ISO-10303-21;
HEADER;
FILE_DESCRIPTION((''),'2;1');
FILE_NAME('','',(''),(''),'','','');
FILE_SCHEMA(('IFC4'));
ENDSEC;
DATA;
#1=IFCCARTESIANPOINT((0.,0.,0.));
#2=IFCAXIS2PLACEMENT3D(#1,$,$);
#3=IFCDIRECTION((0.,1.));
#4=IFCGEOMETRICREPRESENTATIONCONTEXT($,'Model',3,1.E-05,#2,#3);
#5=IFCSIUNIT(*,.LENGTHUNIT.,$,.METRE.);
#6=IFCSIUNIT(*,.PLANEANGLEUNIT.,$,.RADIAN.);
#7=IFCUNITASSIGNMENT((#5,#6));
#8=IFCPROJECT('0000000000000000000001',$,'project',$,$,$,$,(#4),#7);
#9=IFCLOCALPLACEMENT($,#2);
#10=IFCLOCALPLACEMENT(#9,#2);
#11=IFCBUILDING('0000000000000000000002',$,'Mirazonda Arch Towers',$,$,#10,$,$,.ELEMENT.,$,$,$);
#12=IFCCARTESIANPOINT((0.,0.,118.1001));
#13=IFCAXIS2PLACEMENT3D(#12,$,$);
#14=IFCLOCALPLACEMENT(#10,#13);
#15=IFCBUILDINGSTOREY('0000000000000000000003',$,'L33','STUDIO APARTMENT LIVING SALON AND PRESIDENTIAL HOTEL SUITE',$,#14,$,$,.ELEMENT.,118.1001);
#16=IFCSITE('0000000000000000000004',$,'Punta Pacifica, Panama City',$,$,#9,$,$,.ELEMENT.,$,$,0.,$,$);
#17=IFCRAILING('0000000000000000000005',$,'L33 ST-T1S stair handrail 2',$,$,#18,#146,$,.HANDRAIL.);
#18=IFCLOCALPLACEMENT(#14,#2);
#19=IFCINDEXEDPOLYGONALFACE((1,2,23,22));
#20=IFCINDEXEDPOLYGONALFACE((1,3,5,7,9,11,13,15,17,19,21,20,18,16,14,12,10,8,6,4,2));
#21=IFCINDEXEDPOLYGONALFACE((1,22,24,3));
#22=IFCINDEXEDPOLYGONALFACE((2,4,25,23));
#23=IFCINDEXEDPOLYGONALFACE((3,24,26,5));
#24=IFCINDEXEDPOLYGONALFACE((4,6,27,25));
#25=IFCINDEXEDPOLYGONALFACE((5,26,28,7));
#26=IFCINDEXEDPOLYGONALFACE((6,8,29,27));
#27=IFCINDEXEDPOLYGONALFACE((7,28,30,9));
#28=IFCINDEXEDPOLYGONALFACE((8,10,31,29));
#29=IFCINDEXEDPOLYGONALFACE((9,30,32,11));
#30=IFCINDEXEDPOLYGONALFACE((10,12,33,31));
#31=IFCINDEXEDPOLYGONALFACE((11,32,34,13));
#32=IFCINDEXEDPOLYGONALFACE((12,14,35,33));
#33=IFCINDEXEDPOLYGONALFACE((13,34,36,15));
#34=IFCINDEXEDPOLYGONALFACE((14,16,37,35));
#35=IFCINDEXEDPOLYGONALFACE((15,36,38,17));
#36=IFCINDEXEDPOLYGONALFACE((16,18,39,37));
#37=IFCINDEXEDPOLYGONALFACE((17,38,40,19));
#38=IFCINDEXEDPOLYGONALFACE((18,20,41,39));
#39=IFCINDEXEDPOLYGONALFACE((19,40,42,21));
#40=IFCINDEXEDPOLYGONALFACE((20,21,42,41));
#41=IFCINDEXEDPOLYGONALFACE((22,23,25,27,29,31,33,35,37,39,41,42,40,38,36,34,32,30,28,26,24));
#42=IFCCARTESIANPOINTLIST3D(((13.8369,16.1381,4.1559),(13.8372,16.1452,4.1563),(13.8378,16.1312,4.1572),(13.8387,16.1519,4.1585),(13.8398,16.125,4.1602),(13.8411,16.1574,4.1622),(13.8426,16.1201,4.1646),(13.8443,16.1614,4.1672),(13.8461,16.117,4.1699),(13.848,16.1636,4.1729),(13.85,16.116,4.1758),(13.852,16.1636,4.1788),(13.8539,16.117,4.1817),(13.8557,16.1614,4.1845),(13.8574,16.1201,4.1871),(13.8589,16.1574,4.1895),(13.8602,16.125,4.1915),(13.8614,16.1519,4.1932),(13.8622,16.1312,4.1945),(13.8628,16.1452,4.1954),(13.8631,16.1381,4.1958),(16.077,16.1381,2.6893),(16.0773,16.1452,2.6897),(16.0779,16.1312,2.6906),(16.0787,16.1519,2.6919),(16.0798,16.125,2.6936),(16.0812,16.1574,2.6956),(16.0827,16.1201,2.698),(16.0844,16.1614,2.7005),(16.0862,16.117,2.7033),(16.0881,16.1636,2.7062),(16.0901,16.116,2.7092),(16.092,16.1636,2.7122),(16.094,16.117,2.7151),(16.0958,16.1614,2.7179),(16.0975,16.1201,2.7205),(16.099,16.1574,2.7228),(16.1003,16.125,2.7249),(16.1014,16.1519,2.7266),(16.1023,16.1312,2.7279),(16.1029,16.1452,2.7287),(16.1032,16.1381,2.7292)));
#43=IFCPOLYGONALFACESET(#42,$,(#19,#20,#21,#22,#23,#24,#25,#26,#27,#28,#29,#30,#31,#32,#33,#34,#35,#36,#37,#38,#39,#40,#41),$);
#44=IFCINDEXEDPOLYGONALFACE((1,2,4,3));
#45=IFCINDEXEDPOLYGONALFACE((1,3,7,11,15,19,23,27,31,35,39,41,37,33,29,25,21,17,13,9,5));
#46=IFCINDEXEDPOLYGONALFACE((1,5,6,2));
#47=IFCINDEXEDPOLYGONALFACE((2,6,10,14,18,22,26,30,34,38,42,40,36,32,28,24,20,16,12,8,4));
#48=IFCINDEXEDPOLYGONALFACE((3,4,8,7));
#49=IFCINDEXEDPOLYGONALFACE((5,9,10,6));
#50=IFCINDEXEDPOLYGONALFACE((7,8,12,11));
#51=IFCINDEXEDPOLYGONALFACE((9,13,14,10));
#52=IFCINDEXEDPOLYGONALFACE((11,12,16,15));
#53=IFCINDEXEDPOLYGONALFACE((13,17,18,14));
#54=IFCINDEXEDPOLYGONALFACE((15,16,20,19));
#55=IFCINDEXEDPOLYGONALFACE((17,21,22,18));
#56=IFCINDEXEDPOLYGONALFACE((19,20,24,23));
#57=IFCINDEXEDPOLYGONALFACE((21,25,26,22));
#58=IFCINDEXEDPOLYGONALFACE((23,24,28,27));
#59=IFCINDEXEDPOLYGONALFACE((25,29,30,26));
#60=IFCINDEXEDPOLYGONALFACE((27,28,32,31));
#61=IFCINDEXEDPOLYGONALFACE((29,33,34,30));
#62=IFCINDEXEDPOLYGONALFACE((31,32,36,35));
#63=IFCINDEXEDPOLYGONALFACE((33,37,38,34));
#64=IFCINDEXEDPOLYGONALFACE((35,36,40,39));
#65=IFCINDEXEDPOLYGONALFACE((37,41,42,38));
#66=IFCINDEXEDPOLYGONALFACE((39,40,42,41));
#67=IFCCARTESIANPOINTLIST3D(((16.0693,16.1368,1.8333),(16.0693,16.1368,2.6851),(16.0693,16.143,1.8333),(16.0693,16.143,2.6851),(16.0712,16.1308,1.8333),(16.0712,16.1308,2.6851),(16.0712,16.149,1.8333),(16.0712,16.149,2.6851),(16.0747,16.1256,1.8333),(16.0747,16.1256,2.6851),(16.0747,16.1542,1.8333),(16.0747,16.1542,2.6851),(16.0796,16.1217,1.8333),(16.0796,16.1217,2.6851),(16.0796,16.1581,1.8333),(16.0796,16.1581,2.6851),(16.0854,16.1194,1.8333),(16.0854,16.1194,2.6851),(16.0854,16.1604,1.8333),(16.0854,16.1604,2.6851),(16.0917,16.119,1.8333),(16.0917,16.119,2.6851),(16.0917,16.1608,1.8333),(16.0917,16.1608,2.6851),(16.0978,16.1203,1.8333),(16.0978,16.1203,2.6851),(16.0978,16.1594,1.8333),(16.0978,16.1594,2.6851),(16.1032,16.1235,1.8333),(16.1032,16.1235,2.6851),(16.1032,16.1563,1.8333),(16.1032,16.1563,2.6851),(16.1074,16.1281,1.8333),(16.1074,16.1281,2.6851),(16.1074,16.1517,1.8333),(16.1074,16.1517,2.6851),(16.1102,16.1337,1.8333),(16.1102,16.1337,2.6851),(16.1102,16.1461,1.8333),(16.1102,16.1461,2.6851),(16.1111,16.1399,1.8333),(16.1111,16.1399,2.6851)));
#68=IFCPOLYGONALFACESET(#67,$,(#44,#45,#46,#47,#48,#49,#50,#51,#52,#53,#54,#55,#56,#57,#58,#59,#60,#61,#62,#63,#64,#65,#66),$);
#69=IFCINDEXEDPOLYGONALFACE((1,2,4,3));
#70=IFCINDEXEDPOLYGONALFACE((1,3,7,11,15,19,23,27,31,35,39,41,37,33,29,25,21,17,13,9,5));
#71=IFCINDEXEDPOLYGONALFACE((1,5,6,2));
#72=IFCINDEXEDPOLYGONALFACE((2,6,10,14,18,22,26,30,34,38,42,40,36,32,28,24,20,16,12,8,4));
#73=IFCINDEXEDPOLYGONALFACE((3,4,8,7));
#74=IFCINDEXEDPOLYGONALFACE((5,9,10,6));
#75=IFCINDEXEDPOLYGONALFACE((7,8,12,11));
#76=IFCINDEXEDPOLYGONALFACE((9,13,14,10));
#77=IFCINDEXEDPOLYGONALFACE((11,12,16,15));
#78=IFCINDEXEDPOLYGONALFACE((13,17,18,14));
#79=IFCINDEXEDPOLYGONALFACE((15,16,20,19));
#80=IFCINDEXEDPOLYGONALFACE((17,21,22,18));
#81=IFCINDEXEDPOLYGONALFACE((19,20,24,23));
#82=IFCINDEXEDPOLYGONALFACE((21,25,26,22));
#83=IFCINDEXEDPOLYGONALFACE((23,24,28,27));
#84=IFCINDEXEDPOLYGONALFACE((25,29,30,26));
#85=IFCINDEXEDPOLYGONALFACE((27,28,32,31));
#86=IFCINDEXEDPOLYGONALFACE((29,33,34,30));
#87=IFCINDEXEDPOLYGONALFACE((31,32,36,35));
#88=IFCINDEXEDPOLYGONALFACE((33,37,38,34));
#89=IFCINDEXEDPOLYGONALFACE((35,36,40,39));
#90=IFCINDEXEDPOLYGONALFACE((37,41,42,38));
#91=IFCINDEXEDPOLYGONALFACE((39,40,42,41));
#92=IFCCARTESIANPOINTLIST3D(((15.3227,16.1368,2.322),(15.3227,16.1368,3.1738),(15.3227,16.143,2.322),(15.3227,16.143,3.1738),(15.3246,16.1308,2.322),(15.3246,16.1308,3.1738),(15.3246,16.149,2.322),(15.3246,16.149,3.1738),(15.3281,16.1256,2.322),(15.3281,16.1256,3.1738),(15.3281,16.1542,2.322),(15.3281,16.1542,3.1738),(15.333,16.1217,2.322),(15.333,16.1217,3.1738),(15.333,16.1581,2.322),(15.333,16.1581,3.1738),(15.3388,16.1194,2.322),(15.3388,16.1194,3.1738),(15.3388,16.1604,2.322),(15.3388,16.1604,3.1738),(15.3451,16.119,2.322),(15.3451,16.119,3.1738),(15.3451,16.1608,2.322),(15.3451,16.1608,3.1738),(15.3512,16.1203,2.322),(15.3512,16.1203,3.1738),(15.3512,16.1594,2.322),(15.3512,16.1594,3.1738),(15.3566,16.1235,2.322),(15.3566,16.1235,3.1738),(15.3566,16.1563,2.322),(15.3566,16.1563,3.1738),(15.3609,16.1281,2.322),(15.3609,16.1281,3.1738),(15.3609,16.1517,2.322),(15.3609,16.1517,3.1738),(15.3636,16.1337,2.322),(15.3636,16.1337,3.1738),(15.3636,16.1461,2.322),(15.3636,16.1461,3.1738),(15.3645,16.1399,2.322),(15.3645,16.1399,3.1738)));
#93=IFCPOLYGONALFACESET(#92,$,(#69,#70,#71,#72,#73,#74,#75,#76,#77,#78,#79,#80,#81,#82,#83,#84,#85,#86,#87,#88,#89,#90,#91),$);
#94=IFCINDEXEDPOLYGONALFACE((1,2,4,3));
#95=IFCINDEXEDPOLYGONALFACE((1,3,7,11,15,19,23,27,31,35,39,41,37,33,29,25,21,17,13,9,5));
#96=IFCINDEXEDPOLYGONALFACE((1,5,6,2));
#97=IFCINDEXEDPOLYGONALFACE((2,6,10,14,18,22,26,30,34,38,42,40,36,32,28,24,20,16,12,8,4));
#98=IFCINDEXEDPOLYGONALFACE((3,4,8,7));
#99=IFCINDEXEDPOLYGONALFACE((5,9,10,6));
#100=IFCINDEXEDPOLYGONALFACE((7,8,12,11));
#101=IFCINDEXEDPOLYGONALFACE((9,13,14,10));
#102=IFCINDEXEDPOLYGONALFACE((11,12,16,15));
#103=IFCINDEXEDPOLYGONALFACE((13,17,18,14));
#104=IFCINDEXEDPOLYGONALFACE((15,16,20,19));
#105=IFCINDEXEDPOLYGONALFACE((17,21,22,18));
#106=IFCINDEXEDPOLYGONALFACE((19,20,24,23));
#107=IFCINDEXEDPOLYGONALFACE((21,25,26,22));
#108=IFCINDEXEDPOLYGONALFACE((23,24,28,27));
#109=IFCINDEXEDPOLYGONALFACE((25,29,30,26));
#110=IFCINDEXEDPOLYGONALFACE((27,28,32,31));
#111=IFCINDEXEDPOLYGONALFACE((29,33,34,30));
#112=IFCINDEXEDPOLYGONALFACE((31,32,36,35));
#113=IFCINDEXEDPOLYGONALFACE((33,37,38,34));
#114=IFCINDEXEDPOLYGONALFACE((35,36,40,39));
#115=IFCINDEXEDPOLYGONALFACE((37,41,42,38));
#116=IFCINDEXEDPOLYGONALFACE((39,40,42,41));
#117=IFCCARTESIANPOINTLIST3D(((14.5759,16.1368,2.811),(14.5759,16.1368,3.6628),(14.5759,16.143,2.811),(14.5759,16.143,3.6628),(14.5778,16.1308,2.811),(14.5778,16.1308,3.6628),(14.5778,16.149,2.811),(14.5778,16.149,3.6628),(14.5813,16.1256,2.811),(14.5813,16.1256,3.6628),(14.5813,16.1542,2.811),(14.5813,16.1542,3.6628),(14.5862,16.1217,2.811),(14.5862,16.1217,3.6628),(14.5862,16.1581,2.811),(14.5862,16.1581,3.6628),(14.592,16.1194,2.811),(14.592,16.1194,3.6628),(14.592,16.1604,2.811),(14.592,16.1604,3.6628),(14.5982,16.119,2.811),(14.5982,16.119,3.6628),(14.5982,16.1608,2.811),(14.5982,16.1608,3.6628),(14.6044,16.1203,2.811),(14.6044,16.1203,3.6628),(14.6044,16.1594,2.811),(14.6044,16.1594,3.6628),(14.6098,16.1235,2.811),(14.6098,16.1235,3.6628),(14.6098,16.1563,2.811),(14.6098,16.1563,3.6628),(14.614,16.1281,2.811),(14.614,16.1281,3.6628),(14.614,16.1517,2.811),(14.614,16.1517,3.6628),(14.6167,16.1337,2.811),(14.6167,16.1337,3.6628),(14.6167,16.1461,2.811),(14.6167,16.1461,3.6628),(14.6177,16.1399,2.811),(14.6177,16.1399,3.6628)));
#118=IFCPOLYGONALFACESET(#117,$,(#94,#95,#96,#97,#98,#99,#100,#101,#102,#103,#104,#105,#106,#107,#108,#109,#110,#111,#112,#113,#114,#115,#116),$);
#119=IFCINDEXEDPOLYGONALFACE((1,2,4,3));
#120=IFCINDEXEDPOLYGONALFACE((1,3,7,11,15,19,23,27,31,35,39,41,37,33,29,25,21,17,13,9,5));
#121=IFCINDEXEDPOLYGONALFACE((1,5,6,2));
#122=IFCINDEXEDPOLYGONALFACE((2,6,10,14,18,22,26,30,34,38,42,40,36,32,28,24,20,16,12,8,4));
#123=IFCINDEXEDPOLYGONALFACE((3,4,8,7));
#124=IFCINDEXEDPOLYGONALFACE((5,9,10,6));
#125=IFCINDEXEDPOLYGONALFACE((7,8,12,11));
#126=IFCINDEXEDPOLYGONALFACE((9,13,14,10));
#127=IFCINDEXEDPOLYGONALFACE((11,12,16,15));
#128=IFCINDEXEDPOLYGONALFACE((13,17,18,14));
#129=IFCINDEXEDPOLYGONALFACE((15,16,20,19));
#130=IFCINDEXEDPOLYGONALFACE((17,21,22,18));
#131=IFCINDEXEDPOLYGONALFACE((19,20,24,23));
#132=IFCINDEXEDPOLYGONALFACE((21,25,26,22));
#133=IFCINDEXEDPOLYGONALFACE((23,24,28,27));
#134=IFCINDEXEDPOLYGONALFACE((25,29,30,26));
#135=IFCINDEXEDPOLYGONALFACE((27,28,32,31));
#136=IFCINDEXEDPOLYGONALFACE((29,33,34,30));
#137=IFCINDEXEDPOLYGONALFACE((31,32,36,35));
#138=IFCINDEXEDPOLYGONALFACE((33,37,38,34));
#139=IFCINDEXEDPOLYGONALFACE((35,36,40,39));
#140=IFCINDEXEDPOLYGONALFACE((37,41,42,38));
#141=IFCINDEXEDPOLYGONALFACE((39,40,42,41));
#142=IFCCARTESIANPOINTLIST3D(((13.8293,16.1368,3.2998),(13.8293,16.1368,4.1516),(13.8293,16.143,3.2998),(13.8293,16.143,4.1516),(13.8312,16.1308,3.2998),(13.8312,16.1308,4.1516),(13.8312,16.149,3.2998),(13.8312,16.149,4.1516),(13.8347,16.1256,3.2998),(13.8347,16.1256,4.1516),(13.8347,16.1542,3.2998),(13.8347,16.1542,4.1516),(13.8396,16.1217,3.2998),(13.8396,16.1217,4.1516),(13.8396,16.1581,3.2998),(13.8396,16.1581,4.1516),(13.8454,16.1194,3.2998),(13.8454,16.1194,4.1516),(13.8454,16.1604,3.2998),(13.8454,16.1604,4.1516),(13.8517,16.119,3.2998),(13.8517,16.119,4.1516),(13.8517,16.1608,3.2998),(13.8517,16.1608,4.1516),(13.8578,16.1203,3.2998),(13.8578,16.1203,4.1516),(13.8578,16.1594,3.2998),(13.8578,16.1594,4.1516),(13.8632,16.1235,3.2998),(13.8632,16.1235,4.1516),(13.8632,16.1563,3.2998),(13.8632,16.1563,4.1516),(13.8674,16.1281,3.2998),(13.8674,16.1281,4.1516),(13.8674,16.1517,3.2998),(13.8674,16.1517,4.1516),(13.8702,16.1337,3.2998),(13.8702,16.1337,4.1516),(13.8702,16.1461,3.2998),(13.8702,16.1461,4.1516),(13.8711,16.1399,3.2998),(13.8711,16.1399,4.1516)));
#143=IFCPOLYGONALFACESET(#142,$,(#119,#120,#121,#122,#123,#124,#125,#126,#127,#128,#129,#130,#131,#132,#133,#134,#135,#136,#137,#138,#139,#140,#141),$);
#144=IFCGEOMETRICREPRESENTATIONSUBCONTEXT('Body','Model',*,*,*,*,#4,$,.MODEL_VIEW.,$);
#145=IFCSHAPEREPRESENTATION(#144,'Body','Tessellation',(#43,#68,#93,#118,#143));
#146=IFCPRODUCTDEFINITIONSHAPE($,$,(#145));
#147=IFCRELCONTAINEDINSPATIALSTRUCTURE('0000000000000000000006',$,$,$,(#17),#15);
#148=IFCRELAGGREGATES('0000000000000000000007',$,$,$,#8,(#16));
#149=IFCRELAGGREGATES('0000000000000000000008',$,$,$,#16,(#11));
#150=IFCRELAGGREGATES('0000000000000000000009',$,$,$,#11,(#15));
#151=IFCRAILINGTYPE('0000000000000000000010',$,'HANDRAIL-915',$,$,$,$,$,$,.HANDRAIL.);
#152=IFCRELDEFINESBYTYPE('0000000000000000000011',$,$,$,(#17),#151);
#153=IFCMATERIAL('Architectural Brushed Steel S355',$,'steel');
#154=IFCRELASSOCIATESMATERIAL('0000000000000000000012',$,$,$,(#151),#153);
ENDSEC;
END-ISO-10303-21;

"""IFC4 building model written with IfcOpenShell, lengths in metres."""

from ifc_helpers import new_model, si_unit, direction, frame, origin, origin_2d, place, context, subcontext, project, spatial, circle, extrude, material, type_object, element, save


model = new_model("IFC4")

# Units and contexts
model_context = context("Model", 3, precision=1e-05, world=origin(), true_north=direction((0.0, 1.0)))
body_context = subcontext(model_context, "Body", "Model", "MODEL_VIEW")
ifc_project = project(units=[si_unit("LENGTHUNIT", "METRE"), si_unit("PLANEANGLEUNIT", "RADIAN")], contexts=[model_context])

# Site, building, storey
site_placement = place(None, origin())
site = spatial("IfcSite", under=ifc_project, at=site_placement, Name="Punta Pacifica, Panama City", CompositionType="ELEMENT", RefElevation=0.0)
building_placement = place(site_placement, origin())
building = spatial("IfcBuilding", under=site, at=building_placement, Name="Mirazonda Arch Towers", CompositionType="ELEMENT")
storey_placement = place(building_placement, frame((0.0, 0.0, 118.1001)))
storey = spatial("IfcBuildingStorey", under=building, at=storey_placement, Name="L33", Description="STUDIO APARTMENT LIVING SALON AND PRESIDENTIAL HOTEL SUITE", CompositionType="ELEMENT", Elevation=118.1001)

# Shared definitions
ifc_material_1 = material(Name="Architectural Brushed Steel S355", Category="steel")

# Railing
railing_type_1 = type_object("IfcRailingType", Name="HANDRAIL-915", PredefinedType="HANDRAIL", material=ifc_material_1)
railing_1_placement = place(storey_placement, frame((16.0901, 16.1399, 1.8333)))
element("IfcRailing", 1, at=railing_1_placement, inside=storey, type_object=railing_type_1, Name="L33 ST-T1S stair handrail 2", PredefinedType="HANDRAIL", context=body_context, shape_type="SweptSolid", body=[
    extrude(circle(Radius=0.0239, at=origin_2d()), frame((0.0, 0.0, 0.876), z_axis=(-0.836637, 0.0, 0.547758), x_axis=(0.0, -1.0, 0.0)), (0.0, 0.0, 1.0), 2.6775),
    extrude(circle(Radius=0.021, at=origin_2d()), origin(), (0.0, 0.0, 1.0), 0.8518),
    extrude(circle(Radius=0.021, at=origin_2d()), frame((-0.7466, 0.0, 0.4888)), (0.0, 0.0, 1.0), 0.8518),
    extrude(circle(Radius=0.021, at=origin_2d()), frame((-1.4934, 0.0, 0.9778)), (0.0, 0.0, 1.0), 0.8518),
    extrude(circle(Radius=0.021, at=origin_2d()), frame((-2.24, 0.0, 1.4666)), (0.0, 0.0, 1.0), 0.8518),
])

save(model, "model.ifc")
